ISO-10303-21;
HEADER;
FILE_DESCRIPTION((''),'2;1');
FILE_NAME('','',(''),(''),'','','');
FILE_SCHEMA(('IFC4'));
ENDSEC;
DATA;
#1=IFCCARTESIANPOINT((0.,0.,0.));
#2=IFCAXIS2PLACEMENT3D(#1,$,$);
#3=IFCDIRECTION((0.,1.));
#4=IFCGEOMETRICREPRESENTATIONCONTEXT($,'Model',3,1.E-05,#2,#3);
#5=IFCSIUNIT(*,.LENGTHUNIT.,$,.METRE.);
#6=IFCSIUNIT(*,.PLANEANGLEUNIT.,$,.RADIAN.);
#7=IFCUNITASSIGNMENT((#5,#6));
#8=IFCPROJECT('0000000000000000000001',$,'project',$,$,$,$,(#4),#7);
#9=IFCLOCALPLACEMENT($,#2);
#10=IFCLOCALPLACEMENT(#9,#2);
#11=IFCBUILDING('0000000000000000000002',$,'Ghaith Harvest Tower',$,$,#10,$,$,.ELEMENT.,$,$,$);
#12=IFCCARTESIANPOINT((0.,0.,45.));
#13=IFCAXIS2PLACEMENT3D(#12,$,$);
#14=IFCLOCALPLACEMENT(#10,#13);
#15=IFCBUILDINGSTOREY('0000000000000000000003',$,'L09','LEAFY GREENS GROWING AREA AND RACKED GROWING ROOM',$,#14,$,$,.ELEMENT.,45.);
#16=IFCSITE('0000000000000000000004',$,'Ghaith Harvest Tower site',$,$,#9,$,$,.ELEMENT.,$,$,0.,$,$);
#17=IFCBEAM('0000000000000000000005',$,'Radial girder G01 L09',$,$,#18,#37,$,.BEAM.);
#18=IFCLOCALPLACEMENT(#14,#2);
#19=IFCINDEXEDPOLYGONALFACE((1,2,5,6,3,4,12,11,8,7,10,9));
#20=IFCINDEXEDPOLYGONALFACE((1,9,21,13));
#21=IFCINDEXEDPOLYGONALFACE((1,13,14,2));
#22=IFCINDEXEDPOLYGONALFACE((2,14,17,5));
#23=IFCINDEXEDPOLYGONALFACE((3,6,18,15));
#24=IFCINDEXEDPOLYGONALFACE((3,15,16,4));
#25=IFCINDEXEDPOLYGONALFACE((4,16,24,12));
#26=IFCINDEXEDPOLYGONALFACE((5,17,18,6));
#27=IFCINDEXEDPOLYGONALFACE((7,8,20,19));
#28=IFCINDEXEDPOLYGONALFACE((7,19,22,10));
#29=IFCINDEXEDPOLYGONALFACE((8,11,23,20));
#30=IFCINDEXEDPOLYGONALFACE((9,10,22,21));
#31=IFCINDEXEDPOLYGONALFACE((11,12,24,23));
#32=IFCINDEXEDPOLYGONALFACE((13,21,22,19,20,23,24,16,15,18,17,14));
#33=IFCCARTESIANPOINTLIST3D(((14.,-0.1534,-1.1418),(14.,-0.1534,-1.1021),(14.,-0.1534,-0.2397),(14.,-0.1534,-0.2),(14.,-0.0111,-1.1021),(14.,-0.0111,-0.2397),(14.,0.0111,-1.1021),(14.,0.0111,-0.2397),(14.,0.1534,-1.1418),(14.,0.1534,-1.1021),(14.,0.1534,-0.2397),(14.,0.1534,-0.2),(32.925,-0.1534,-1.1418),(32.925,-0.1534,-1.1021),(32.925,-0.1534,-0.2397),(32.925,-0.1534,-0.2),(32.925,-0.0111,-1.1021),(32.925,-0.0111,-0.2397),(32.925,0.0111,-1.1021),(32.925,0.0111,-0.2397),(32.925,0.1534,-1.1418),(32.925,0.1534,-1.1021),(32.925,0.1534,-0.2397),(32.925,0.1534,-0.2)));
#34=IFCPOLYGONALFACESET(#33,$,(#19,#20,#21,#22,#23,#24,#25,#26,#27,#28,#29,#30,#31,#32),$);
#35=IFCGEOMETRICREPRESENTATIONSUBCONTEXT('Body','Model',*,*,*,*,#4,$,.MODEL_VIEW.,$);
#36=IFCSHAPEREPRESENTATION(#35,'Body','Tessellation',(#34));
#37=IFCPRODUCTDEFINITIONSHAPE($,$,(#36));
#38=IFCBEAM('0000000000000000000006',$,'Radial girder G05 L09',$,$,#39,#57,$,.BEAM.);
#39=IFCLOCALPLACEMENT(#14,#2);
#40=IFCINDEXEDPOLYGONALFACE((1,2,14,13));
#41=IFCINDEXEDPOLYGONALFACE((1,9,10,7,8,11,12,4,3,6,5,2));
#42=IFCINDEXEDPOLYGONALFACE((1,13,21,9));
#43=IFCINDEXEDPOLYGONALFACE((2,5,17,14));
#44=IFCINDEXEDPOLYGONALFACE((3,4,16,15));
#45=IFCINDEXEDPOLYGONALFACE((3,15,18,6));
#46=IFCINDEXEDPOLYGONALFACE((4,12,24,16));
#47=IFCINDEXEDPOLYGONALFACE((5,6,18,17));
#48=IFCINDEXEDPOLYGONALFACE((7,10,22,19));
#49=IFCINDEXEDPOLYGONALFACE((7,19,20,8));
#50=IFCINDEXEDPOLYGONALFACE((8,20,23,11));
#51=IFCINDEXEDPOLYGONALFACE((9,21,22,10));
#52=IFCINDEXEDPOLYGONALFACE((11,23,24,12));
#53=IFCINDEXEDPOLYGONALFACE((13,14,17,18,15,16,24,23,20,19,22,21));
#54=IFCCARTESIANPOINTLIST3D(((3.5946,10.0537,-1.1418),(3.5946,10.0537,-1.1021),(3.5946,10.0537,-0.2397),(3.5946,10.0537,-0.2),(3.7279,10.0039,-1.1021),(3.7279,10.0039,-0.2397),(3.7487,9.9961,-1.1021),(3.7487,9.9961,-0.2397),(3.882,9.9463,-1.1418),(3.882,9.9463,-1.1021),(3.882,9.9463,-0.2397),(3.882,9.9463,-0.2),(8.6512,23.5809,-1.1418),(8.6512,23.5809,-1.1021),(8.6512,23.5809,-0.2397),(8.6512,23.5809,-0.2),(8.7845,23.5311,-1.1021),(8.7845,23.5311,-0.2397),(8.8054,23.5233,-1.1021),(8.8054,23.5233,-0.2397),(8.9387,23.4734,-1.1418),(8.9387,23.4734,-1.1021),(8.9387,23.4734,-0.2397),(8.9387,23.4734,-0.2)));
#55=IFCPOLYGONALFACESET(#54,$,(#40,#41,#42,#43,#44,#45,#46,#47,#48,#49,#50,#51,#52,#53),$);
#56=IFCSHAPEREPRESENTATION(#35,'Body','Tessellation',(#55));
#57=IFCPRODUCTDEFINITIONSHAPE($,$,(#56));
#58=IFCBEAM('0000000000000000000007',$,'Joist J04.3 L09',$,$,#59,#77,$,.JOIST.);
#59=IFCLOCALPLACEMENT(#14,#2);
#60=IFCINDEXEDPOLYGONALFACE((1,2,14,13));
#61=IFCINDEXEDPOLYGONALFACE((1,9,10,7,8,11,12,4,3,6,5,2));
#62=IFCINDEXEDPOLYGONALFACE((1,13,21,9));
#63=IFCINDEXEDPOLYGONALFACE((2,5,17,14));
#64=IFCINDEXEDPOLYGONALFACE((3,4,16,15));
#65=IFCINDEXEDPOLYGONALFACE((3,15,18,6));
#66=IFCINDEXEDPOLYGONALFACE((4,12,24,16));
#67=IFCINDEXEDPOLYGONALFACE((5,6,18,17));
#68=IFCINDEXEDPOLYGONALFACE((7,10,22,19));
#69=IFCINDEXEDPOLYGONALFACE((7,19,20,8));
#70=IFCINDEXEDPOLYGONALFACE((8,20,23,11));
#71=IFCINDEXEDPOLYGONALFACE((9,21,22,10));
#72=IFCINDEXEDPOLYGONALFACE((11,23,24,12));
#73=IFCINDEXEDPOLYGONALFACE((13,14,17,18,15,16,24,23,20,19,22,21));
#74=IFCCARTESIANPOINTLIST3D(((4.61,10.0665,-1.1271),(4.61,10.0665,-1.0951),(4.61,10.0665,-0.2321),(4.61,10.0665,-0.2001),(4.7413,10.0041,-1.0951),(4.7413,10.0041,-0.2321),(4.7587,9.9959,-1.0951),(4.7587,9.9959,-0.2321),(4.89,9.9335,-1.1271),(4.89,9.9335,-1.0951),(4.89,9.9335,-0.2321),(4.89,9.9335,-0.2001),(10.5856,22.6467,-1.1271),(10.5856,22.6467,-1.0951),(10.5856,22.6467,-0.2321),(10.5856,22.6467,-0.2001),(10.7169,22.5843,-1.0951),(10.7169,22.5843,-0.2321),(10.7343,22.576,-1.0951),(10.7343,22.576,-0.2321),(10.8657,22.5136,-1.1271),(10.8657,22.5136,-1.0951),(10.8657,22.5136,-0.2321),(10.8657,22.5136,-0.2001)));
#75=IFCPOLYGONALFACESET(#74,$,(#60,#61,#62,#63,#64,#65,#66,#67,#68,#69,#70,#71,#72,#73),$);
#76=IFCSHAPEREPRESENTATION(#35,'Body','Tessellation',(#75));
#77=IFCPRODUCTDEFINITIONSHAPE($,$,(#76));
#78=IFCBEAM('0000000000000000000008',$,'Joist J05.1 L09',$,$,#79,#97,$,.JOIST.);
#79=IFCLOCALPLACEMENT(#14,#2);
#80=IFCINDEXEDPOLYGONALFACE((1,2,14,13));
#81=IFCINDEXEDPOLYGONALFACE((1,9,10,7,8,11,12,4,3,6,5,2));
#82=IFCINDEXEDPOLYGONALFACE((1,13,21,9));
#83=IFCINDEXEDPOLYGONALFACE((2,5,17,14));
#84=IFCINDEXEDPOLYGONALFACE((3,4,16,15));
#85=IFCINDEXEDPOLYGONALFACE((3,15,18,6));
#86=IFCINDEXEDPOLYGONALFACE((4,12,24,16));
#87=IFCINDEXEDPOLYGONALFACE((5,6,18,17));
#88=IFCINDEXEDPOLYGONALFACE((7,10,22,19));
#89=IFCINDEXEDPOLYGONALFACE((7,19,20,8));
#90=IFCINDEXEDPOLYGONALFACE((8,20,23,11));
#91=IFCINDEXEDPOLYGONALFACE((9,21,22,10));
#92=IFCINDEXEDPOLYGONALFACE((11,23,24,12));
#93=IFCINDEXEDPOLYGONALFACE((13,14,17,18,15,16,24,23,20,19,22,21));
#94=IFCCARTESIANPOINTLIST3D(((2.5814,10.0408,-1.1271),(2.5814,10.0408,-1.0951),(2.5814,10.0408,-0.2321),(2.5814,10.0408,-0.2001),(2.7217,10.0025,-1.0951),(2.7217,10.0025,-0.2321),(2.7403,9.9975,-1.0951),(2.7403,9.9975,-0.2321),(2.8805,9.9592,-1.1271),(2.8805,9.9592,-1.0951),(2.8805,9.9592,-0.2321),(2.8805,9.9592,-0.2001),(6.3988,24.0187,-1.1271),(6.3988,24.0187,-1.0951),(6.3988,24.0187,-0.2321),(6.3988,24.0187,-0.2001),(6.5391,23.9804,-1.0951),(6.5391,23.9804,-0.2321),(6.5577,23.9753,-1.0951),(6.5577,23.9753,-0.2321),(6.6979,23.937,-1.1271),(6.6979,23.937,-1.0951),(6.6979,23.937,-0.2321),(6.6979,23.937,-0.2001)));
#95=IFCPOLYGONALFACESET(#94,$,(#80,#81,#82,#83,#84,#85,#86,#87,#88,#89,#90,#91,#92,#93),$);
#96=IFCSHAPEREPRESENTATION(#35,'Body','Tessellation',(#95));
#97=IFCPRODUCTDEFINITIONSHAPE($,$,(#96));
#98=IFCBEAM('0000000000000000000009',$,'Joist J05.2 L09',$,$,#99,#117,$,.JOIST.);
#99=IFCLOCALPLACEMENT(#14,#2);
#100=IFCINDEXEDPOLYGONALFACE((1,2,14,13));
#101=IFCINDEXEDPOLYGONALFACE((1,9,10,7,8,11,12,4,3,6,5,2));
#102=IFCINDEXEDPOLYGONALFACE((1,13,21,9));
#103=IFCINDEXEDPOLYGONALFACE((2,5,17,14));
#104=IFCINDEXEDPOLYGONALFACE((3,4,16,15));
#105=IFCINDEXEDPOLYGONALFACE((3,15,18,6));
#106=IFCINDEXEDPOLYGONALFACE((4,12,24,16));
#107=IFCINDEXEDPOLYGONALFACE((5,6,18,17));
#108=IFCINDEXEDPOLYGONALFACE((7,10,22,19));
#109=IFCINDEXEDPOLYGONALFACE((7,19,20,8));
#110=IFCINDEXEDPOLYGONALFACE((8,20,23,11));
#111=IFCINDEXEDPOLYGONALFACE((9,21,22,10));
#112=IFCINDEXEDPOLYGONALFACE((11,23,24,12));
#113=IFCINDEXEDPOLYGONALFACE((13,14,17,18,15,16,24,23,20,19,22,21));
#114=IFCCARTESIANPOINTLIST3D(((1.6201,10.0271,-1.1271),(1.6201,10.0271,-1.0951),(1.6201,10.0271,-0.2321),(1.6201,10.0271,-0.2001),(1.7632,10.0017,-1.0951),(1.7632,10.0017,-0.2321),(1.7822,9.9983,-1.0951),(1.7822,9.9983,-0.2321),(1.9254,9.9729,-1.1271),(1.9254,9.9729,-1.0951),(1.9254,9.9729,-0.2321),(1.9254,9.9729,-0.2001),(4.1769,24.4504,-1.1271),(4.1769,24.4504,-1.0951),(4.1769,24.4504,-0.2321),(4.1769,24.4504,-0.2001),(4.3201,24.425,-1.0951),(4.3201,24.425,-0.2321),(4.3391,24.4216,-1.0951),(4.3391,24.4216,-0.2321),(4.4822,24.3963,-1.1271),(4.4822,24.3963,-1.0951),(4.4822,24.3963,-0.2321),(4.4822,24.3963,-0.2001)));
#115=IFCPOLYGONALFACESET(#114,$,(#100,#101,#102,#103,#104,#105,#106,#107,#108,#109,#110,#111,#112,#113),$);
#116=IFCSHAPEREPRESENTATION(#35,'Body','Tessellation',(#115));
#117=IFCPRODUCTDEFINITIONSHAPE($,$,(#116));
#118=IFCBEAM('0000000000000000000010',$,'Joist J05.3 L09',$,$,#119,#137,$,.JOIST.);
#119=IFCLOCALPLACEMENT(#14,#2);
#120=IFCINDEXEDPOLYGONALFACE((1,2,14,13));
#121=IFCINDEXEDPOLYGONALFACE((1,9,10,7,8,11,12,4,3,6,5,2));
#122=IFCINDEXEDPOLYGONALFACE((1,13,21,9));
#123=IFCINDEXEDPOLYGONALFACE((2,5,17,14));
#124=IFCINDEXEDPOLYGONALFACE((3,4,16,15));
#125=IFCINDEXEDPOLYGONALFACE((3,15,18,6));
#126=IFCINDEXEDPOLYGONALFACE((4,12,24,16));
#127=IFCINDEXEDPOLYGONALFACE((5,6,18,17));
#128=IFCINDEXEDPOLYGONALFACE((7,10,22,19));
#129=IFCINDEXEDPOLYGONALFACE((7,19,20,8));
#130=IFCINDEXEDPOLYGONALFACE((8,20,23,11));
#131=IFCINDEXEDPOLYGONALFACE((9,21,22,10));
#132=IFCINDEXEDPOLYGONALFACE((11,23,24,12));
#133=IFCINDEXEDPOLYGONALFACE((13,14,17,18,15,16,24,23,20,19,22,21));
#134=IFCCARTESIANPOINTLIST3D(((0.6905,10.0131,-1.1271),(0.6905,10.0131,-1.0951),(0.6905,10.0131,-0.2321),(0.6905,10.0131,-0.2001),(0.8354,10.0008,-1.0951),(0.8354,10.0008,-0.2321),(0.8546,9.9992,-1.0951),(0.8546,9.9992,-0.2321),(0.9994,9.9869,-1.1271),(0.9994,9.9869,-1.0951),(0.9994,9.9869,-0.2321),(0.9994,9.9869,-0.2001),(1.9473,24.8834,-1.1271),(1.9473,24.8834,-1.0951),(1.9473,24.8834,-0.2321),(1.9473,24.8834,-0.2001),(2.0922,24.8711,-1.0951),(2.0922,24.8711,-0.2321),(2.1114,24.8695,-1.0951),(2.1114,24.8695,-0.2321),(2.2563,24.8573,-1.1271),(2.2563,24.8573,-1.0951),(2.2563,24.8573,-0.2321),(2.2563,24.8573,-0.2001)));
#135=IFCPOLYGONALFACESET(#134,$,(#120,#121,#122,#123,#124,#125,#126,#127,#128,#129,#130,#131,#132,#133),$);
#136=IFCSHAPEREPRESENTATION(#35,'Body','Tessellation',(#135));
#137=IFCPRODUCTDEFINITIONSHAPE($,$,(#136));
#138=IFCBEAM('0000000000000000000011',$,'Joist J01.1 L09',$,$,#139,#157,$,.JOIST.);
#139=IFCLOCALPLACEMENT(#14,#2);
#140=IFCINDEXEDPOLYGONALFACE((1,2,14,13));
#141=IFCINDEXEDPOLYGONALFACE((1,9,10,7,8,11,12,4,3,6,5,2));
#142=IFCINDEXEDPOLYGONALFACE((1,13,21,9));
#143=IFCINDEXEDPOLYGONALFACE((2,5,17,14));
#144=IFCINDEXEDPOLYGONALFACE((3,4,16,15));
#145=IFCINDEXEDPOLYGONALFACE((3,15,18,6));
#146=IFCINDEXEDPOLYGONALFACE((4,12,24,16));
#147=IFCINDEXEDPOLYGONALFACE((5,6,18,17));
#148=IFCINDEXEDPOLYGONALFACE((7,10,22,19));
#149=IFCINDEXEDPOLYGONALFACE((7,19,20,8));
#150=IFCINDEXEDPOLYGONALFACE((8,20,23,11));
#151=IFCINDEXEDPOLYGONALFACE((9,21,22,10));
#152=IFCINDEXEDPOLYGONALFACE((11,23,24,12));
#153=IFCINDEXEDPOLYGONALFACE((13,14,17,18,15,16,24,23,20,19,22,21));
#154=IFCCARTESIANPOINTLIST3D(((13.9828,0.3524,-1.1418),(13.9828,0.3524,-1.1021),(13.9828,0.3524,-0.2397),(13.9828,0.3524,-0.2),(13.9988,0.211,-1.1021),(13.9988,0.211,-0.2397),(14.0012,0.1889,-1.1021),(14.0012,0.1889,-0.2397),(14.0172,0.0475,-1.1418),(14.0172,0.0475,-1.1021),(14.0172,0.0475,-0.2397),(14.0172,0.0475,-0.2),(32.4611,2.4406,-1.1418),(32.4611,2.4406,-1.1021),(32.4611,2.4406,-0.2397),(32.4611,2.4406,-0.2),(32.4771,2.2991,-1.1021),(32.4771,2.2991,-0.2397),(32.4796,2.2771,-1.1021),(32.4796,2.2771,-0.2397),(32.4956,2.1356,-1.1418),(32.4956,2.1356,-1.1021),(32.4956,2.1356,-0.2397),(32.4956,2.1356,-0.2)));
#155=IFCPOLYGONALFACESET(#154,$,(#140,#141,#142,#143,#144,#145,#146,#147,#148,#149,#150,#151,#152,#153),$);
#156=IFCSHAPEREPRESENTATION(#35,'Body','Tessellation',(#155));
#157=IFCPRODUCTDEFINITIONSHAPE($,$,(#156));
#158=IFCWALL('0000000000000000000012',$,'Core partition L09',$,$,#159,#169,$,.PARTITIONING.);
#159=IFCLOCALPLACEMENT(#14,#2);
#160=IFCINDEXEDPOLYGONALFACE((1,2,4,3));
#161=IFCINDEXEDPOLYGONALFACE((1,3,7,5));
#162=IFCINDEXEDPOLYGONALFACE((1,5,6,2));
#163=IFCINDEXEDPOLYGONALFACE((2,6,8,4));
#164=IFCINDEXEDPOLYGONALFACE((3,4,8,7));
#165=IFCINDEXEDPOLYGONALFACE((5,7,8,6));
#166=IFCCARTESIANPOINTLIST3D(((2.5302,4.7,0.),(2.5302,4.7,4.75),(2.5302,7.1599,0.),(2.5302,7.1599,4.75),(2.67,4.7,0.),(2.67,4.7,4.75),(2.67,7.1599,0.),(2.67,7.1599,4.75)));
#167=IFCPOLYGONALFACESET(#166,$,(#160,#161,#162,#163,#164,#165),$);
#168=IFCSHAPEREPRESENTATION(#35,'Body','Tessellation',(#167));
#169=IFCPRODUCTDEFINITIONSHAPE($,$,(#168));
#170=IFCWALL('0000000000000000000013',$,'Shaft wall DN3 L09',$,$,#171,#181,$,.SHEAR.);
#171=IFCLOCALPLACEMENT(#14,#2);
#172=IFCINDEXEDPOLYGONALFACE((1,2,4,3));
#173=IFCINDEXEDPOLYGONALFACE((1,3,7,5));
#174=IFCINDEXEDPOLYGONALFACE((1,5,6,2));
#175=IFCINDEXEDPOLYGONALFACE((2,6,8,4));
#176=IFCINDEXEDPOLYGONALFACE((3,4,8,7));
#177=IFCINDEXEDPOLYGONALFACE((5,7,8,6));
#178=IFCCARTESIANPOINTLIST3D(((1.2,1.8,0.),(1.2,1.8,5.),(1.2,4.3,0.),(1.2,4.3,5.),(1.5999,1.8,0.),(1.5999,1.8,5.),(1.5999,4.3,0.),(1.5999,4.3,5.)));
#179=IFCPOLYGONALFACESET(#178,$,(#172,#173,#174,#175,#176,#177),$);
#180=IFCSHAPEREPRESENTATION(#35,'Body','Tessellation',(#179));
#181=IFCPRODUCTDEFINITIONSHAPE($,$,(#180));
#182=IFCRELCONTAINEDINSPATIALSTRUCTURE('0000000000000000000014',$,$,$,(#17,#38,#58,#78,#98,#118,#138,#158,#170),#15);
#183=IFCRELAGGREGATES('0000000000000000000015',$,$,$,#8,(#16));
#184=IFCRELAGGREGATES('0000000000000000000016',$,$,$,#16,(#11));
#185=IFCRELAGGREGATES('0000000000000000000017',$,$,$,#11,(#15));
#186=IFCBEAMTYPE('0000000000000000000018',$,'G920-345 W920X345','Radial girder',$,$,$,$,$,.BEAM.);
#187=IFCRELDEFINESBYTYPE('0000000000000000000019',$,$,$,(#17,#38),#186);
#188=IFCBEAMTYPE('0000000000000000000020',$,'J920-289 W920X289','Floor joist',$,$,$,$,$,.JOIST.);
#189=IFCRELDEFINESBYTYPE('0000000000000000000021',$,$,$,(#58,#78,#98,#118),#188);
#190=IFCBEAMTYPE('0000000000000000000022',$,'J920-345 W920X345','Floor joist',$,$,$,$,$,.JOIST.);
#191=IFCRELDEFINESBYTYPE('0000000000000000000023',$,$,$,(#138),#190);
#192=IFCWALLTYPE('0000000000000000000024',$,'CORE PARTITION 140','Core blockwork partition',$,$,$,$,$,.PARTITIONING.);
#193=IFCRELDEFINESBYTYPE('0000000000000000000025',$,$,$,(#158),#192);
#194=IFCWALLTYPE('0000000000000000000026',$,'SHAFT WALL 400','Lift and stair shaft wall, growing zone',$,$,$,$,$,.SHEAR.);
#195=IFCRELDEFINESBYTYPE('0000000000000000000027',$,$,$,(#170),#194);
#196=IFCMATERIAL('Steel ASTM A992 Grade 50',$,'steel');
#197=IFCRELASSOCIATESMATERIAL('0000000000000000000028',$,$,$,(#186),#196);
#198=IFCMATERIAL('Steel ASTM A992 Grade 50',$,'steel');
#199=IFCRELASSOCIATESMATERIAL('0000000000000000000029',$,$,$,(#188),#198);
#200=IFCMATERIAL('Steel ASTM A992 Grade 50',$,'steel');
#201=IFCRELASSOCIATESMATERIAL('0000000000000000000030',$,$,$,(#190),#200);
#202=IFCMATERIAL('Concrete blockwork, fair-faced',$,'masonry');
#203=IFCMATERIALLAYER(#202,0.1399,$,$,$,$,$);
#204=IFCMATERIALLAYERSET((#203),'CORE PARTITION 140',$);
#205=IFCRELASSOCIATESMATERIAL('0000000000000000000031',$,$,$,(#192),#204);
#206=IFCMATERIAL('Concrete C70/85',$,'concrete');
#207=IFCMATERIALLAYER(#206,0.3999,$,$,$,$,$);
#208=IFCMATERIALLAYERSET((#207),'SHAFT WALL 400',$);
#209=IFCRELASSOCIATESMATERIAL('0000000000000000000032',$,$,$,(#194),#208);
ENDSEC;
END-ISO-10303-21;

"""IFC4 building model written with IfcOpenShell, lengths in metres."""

from ifc_helpers import new_model, si_unit, direction, frame, frame_2d, origin, origin_2d, place, context, subcontext, project, spatial, rectangle, i_section, extrude, material, layer, layer_set, material_profile, profile_set, type_object, element, save


model = new_model("IFC4")

# Units and contexts
model_context = context("Model", 3, precision=1e-05, world=origin(), true_north=direction((0.0, 1.0)))
body_context = subcontext(model_context, "Body", "Model", "MODEL_VIEW")
ifc_project = project(units=[si_unit("LENGTHUNIT", "METRE"), si_unit("PLANEANGLEUNIT", "RADIAN")], contexts=[model_context])

# Site, building, storey
site_placement = place(None, origin())
site = spatial("IfcSite", under=ifc_project, at=site_placement, Name="Ghaith Harvest Tower site", CompositionType="ELEMENT", RefElevation=0.0)
building_placement = place(site_placement, origin())
building = spatial("IfcBuilding", under=site, at=building_placement, Name="Ghaith Harvest Tower", CompositionType="ELEMENT")
storey_placement = place(building_placement, frame((0.0, 0.0, 45.0)))
storey = spatial("IfcBuildingStorey", under=building, at=storey_placement, Name="L09", Description="LEAFY GREENS GROWING AREA AND RACKED GROWING ROOM", CompositionType="ELEMENT", Elevation=45.0)

# Beams
ifc_material_1 = material(Name="Steel ASTM A992 Grade 50", Category="steel")
ifc_material_profile_1 = material_profile(ifc_material_1, i_section(OverallWidth=0.3069, OverallDepth=0.9419, WebThickness=0.0222, FlangeThickness=0.0398, at=origin_2d()), Name="W920X345")
ifc_profile_set_1 = profile_set([ifc_material_profile_1], Name="Steel ASTM A992 Grade 50")
beam_type_1 = type_object("IfcBeamType", Name="G920-345 W920X345", Description="Radial girder", PredefinedType="BEAM", material=ifc_profile_set_1)
beam_1_placement = place(storey_placement, frame((14.0, 0.0, -0.6709), z_axis=(1.0, 0.0, 0.0), x_axis=(0.0, 1.0, 0.0)))
element("IfcBeam", 1, at=beam_1_placement, inside=storey, type_object=beam_type_1, Name="Radial girder G01 L09", PredefinedType="BEAM", context=body_context, shape_type="SweptSolid", body=[
    extrude(i_section(OverallWidth=0.3069, OverallDepth=0.9419, WebThickness=0.0222, FlangeThickness=0.0398, at=origin_2d()), origin(), (0.0, 0.0, 1.0), 18.925),
])
beam_2_placement = place(storey_placement, frame((3.7383, 10.0, -0.6709), z_axis=(0.350151, 0.936693, 0.0), x_axis=(-0.936693, 0.350151, 0.0)))
element("IfcBeam", 2, at=beam_2_placement, inside=storey, type_object=beam_type_1, Name="Radial girder G05 L09", PredefinedType="BEAM", context=body_context, shape_type="SweptSolid", body=[
    extrude(i_section(OverallWidth=0.3069, OverallDepth=0.9419, WebThickness=0.0222, FlangeThickness=0.0398, at=origin_2d()), origin(), (0.0, 0.0, 1.0), 14.4414),
])
ifc_material_2 = material(Name="Steel ASTM A992 Grade 50", Category="steel")
ifc_material_profile_2 = material_profile(ifc_material_2, i_section(OverallWidth=0.3101, OverallDepth=0.927, WebThickness=0.0193, FlangeThickness=0.032, at=origin_2d()), Name="W920X289")
ifc_profile_set_2 = profile_set([ifc_material_profile_2], Name="Steel ASTM A992 Grade 50")
beam_type_2 = type_object("IfcBeamType", Name="J920-289 W920X289", Description="Floor joist", PredefinedType="JOIST", material=ifc_profile_set_2)
beam_3_placement = place(storey_placement, frame((4.75, 10.0, -0.6636), z_axis=(0.42906, 0.903276, 0.0), x_axis=(-0.903276, 0.42906, 0.0)))
element("IfcBeam", 3, at=beam_3_placement, inside=storey, type_object=beam_type_2, Name="Joist J04.3 L09", PredefinedType="JOIST", context=body_context, shape_type="SweptSolid", body=[
    extrude(i_section(OverallWidth=0.3101, OverallDepth=0.927, WebThickness=0.0193, FlangeThickness=0.032, at=origin_2d()), origin(), (0.0, 0.0, 1.0), 13.9272),
])
beam_4_placement = place(storey_placement, frame((2.731, 10.0, -0.6636), z_axis=(0.263455, 0.964672, 0.0), x_axis=(-0.964672, 0.263455, 0.0)))
element("IfcBeam", 4, at=beam_4_placement, inside=storey, type_object=beam_type_2, Name="Joist J05.1 L09", PredefinedType="JOIST", context=body_context, shape_type="SweptSolid", body=[
    extrude(i_section(OverallWidth=0.3101, OverallDepth=0.927, WebThickness=0.0193, FlangeThickness=0.032, at=origin_2d()), origin(), (0.0, 0.0, 1.0), 14.4897),
])
beam_5_placement = place(storey_placement, frame((1.7727, 10.0, -0.6636), z_axis=(0.174553, 0.984648, 0.0), x_axis=(-0.984648, 0.174553, 0.0)))
element("IfcBeam", 5, at=beam_5_placement, inside=storey, type_object=beam_type_2, Name="Joist J05.2 L09", PredefinedType="JOIST", context=body_context, shape_type="SweptSolid", body=[
    extrude(i_section(OverallWidth=0.3101, OverallDepth=0.927, WebThickness=0.0193, FlangeThickness=0.032, at=origin_2d()), origin(), (0.0, 0.0, 1.0), 14.6482),
])
beam_6_placement = place(storey_placement, frame((0.845, 10.0, -0.6636), z_axis=(0.084219, 0.996447, 0.0), x_axis=(-0.996447, 0.084219, 0.0)))
element("IfcBeam", 6, at=beam_6_placement, inside=storey, type_object=beam_type_2, Name="Joist J05.3 L09", PredefinedType="JOIST", context=body_context, shape_type="SweptSolid", body=[
    extrude(i_section(OverallWidth=0.3101, OverallDepth=0.927, WebThickness=0.0193, FlangeThickness=0.032, at=origin_2d()), origin(), (0.0, 0.0, 1.0), 14.9233),
])
ifc_material_3 = material(Name="Steel ASTM A992 Grade 50", Category="steel")
ifc_material_profile_3 = material_profile(ifc_material_3, i_section(OverallWidth=0.3069, OverallDepth=0.9419, WebThickness=0.0222, FlangeThickness=0.0398, at=origin_2d()), Name="W920X345")
ifc_profile_set_3 = profile_set([ifc_material_profile_3], Name="Steel ASTM A992 Grade 50")
beam_type_3 = type_object("IfcBeamType", Name="J920-345 W920X345", Description="Floor joist", PredefinedType="JOIST", material=ifc_profile_set_3)
beam_7_placement = place(storey_placement, frame((14.0, 0.2, -0.6709), z_axis=(0.993675, 0.11229, 0.0), x_axis=(-0.11229, 0.993675, 0.0)))
element("IfcBeam", 7, at=beam_7_placement, inside=storey, type_object=beam_type_3, Name="Joist J01.1 L09", PredefinedType="JOIST", context=body_context, shape_type="SweptSolid", body=[
    extrude(i_section(OverallWidth=0.3069, OverallDepth=0.9419, WebThickness=0.0222, FlangeThickness=0.0398, at=origin_2d()), origin(), (0.0, 0.0, 1.0), 18.5959),
])

# Wall
ifc_material_4 = material(Name="Concrete blockwork, fair-faced", Category="masonry")
ifc_layer_1 = layer(ifc_material_4, 0.1399)
ifc_layer_set_1 = layer_set([ifc_layer_1], Name="CORE PARTITION 140")
wall_type_1 = type_object("IfcWallType", Name="CORE PARTITION 140", Description="Core blockwork partition", PredefinedType="PARTITIONING", material=ifc_layer_set_1)
wall_1_placement = place(storey_placement, frame((2.6001, 4.7, 0.0), z_axis=(0.0, 0.0, 1.0), x_axis=(0.0, 1.0, 0.0)))
element("IfcWall", 8, at=wall_1_placement, inside=storey, type_object=wall_type_1, Name="Core partition L09", PredefinedType="PARTITIONING", context=body_context, shape_type="SweptSolid", body=[
    extrude(rectangle(XDim=2.46, YDim=0.1399, at=frame_2d((1.23, 0.0))), origin(), (0.0, 0.0, 1.0), 4.75),
])

# Shared definitions
ifc_material_5 = material(Name="Concrete C70/85", Category="concrete")
ifc_layer_2 = layer(ifc_material_5, 0.3999)
ifc_layer_set_2 = layer_set([ifc_layer_2], Name="SHAFT WALL 400")
wall_type_2 = type_object("IfcWallType", Name="SHAFT WALL 400", Description="Lift and stair shaft wall, growing zone", PredefinedType="SHEAR", material=ifc_layer_set_2)

# Wall
for number, where, z_axis, x_axis, name in (
    (9, (1.3999, 1.8, 0.0), (0.0, 0.0, 1.0), (0.0, 1.0, 0.0), "Shaft wall DN3 L09"),
):
    element("IfcWall", number, at=place(storey_placement, frame(where, z_axis=z_axis, x_axis=x_axis)), inside=storey, type_object=wall_type_2, Name=name, PredefinedType="SHEAR", context=body_context, shape_type="SweptSolid", body=[
        extrude(rectangle(XDim=2.5, YDim=0.3999, at=frame_2d((1.25, 0.0))), origin(), (0.0, 0.0, 1.0), 5.0),
    ])

save(model, "model.ifc")
